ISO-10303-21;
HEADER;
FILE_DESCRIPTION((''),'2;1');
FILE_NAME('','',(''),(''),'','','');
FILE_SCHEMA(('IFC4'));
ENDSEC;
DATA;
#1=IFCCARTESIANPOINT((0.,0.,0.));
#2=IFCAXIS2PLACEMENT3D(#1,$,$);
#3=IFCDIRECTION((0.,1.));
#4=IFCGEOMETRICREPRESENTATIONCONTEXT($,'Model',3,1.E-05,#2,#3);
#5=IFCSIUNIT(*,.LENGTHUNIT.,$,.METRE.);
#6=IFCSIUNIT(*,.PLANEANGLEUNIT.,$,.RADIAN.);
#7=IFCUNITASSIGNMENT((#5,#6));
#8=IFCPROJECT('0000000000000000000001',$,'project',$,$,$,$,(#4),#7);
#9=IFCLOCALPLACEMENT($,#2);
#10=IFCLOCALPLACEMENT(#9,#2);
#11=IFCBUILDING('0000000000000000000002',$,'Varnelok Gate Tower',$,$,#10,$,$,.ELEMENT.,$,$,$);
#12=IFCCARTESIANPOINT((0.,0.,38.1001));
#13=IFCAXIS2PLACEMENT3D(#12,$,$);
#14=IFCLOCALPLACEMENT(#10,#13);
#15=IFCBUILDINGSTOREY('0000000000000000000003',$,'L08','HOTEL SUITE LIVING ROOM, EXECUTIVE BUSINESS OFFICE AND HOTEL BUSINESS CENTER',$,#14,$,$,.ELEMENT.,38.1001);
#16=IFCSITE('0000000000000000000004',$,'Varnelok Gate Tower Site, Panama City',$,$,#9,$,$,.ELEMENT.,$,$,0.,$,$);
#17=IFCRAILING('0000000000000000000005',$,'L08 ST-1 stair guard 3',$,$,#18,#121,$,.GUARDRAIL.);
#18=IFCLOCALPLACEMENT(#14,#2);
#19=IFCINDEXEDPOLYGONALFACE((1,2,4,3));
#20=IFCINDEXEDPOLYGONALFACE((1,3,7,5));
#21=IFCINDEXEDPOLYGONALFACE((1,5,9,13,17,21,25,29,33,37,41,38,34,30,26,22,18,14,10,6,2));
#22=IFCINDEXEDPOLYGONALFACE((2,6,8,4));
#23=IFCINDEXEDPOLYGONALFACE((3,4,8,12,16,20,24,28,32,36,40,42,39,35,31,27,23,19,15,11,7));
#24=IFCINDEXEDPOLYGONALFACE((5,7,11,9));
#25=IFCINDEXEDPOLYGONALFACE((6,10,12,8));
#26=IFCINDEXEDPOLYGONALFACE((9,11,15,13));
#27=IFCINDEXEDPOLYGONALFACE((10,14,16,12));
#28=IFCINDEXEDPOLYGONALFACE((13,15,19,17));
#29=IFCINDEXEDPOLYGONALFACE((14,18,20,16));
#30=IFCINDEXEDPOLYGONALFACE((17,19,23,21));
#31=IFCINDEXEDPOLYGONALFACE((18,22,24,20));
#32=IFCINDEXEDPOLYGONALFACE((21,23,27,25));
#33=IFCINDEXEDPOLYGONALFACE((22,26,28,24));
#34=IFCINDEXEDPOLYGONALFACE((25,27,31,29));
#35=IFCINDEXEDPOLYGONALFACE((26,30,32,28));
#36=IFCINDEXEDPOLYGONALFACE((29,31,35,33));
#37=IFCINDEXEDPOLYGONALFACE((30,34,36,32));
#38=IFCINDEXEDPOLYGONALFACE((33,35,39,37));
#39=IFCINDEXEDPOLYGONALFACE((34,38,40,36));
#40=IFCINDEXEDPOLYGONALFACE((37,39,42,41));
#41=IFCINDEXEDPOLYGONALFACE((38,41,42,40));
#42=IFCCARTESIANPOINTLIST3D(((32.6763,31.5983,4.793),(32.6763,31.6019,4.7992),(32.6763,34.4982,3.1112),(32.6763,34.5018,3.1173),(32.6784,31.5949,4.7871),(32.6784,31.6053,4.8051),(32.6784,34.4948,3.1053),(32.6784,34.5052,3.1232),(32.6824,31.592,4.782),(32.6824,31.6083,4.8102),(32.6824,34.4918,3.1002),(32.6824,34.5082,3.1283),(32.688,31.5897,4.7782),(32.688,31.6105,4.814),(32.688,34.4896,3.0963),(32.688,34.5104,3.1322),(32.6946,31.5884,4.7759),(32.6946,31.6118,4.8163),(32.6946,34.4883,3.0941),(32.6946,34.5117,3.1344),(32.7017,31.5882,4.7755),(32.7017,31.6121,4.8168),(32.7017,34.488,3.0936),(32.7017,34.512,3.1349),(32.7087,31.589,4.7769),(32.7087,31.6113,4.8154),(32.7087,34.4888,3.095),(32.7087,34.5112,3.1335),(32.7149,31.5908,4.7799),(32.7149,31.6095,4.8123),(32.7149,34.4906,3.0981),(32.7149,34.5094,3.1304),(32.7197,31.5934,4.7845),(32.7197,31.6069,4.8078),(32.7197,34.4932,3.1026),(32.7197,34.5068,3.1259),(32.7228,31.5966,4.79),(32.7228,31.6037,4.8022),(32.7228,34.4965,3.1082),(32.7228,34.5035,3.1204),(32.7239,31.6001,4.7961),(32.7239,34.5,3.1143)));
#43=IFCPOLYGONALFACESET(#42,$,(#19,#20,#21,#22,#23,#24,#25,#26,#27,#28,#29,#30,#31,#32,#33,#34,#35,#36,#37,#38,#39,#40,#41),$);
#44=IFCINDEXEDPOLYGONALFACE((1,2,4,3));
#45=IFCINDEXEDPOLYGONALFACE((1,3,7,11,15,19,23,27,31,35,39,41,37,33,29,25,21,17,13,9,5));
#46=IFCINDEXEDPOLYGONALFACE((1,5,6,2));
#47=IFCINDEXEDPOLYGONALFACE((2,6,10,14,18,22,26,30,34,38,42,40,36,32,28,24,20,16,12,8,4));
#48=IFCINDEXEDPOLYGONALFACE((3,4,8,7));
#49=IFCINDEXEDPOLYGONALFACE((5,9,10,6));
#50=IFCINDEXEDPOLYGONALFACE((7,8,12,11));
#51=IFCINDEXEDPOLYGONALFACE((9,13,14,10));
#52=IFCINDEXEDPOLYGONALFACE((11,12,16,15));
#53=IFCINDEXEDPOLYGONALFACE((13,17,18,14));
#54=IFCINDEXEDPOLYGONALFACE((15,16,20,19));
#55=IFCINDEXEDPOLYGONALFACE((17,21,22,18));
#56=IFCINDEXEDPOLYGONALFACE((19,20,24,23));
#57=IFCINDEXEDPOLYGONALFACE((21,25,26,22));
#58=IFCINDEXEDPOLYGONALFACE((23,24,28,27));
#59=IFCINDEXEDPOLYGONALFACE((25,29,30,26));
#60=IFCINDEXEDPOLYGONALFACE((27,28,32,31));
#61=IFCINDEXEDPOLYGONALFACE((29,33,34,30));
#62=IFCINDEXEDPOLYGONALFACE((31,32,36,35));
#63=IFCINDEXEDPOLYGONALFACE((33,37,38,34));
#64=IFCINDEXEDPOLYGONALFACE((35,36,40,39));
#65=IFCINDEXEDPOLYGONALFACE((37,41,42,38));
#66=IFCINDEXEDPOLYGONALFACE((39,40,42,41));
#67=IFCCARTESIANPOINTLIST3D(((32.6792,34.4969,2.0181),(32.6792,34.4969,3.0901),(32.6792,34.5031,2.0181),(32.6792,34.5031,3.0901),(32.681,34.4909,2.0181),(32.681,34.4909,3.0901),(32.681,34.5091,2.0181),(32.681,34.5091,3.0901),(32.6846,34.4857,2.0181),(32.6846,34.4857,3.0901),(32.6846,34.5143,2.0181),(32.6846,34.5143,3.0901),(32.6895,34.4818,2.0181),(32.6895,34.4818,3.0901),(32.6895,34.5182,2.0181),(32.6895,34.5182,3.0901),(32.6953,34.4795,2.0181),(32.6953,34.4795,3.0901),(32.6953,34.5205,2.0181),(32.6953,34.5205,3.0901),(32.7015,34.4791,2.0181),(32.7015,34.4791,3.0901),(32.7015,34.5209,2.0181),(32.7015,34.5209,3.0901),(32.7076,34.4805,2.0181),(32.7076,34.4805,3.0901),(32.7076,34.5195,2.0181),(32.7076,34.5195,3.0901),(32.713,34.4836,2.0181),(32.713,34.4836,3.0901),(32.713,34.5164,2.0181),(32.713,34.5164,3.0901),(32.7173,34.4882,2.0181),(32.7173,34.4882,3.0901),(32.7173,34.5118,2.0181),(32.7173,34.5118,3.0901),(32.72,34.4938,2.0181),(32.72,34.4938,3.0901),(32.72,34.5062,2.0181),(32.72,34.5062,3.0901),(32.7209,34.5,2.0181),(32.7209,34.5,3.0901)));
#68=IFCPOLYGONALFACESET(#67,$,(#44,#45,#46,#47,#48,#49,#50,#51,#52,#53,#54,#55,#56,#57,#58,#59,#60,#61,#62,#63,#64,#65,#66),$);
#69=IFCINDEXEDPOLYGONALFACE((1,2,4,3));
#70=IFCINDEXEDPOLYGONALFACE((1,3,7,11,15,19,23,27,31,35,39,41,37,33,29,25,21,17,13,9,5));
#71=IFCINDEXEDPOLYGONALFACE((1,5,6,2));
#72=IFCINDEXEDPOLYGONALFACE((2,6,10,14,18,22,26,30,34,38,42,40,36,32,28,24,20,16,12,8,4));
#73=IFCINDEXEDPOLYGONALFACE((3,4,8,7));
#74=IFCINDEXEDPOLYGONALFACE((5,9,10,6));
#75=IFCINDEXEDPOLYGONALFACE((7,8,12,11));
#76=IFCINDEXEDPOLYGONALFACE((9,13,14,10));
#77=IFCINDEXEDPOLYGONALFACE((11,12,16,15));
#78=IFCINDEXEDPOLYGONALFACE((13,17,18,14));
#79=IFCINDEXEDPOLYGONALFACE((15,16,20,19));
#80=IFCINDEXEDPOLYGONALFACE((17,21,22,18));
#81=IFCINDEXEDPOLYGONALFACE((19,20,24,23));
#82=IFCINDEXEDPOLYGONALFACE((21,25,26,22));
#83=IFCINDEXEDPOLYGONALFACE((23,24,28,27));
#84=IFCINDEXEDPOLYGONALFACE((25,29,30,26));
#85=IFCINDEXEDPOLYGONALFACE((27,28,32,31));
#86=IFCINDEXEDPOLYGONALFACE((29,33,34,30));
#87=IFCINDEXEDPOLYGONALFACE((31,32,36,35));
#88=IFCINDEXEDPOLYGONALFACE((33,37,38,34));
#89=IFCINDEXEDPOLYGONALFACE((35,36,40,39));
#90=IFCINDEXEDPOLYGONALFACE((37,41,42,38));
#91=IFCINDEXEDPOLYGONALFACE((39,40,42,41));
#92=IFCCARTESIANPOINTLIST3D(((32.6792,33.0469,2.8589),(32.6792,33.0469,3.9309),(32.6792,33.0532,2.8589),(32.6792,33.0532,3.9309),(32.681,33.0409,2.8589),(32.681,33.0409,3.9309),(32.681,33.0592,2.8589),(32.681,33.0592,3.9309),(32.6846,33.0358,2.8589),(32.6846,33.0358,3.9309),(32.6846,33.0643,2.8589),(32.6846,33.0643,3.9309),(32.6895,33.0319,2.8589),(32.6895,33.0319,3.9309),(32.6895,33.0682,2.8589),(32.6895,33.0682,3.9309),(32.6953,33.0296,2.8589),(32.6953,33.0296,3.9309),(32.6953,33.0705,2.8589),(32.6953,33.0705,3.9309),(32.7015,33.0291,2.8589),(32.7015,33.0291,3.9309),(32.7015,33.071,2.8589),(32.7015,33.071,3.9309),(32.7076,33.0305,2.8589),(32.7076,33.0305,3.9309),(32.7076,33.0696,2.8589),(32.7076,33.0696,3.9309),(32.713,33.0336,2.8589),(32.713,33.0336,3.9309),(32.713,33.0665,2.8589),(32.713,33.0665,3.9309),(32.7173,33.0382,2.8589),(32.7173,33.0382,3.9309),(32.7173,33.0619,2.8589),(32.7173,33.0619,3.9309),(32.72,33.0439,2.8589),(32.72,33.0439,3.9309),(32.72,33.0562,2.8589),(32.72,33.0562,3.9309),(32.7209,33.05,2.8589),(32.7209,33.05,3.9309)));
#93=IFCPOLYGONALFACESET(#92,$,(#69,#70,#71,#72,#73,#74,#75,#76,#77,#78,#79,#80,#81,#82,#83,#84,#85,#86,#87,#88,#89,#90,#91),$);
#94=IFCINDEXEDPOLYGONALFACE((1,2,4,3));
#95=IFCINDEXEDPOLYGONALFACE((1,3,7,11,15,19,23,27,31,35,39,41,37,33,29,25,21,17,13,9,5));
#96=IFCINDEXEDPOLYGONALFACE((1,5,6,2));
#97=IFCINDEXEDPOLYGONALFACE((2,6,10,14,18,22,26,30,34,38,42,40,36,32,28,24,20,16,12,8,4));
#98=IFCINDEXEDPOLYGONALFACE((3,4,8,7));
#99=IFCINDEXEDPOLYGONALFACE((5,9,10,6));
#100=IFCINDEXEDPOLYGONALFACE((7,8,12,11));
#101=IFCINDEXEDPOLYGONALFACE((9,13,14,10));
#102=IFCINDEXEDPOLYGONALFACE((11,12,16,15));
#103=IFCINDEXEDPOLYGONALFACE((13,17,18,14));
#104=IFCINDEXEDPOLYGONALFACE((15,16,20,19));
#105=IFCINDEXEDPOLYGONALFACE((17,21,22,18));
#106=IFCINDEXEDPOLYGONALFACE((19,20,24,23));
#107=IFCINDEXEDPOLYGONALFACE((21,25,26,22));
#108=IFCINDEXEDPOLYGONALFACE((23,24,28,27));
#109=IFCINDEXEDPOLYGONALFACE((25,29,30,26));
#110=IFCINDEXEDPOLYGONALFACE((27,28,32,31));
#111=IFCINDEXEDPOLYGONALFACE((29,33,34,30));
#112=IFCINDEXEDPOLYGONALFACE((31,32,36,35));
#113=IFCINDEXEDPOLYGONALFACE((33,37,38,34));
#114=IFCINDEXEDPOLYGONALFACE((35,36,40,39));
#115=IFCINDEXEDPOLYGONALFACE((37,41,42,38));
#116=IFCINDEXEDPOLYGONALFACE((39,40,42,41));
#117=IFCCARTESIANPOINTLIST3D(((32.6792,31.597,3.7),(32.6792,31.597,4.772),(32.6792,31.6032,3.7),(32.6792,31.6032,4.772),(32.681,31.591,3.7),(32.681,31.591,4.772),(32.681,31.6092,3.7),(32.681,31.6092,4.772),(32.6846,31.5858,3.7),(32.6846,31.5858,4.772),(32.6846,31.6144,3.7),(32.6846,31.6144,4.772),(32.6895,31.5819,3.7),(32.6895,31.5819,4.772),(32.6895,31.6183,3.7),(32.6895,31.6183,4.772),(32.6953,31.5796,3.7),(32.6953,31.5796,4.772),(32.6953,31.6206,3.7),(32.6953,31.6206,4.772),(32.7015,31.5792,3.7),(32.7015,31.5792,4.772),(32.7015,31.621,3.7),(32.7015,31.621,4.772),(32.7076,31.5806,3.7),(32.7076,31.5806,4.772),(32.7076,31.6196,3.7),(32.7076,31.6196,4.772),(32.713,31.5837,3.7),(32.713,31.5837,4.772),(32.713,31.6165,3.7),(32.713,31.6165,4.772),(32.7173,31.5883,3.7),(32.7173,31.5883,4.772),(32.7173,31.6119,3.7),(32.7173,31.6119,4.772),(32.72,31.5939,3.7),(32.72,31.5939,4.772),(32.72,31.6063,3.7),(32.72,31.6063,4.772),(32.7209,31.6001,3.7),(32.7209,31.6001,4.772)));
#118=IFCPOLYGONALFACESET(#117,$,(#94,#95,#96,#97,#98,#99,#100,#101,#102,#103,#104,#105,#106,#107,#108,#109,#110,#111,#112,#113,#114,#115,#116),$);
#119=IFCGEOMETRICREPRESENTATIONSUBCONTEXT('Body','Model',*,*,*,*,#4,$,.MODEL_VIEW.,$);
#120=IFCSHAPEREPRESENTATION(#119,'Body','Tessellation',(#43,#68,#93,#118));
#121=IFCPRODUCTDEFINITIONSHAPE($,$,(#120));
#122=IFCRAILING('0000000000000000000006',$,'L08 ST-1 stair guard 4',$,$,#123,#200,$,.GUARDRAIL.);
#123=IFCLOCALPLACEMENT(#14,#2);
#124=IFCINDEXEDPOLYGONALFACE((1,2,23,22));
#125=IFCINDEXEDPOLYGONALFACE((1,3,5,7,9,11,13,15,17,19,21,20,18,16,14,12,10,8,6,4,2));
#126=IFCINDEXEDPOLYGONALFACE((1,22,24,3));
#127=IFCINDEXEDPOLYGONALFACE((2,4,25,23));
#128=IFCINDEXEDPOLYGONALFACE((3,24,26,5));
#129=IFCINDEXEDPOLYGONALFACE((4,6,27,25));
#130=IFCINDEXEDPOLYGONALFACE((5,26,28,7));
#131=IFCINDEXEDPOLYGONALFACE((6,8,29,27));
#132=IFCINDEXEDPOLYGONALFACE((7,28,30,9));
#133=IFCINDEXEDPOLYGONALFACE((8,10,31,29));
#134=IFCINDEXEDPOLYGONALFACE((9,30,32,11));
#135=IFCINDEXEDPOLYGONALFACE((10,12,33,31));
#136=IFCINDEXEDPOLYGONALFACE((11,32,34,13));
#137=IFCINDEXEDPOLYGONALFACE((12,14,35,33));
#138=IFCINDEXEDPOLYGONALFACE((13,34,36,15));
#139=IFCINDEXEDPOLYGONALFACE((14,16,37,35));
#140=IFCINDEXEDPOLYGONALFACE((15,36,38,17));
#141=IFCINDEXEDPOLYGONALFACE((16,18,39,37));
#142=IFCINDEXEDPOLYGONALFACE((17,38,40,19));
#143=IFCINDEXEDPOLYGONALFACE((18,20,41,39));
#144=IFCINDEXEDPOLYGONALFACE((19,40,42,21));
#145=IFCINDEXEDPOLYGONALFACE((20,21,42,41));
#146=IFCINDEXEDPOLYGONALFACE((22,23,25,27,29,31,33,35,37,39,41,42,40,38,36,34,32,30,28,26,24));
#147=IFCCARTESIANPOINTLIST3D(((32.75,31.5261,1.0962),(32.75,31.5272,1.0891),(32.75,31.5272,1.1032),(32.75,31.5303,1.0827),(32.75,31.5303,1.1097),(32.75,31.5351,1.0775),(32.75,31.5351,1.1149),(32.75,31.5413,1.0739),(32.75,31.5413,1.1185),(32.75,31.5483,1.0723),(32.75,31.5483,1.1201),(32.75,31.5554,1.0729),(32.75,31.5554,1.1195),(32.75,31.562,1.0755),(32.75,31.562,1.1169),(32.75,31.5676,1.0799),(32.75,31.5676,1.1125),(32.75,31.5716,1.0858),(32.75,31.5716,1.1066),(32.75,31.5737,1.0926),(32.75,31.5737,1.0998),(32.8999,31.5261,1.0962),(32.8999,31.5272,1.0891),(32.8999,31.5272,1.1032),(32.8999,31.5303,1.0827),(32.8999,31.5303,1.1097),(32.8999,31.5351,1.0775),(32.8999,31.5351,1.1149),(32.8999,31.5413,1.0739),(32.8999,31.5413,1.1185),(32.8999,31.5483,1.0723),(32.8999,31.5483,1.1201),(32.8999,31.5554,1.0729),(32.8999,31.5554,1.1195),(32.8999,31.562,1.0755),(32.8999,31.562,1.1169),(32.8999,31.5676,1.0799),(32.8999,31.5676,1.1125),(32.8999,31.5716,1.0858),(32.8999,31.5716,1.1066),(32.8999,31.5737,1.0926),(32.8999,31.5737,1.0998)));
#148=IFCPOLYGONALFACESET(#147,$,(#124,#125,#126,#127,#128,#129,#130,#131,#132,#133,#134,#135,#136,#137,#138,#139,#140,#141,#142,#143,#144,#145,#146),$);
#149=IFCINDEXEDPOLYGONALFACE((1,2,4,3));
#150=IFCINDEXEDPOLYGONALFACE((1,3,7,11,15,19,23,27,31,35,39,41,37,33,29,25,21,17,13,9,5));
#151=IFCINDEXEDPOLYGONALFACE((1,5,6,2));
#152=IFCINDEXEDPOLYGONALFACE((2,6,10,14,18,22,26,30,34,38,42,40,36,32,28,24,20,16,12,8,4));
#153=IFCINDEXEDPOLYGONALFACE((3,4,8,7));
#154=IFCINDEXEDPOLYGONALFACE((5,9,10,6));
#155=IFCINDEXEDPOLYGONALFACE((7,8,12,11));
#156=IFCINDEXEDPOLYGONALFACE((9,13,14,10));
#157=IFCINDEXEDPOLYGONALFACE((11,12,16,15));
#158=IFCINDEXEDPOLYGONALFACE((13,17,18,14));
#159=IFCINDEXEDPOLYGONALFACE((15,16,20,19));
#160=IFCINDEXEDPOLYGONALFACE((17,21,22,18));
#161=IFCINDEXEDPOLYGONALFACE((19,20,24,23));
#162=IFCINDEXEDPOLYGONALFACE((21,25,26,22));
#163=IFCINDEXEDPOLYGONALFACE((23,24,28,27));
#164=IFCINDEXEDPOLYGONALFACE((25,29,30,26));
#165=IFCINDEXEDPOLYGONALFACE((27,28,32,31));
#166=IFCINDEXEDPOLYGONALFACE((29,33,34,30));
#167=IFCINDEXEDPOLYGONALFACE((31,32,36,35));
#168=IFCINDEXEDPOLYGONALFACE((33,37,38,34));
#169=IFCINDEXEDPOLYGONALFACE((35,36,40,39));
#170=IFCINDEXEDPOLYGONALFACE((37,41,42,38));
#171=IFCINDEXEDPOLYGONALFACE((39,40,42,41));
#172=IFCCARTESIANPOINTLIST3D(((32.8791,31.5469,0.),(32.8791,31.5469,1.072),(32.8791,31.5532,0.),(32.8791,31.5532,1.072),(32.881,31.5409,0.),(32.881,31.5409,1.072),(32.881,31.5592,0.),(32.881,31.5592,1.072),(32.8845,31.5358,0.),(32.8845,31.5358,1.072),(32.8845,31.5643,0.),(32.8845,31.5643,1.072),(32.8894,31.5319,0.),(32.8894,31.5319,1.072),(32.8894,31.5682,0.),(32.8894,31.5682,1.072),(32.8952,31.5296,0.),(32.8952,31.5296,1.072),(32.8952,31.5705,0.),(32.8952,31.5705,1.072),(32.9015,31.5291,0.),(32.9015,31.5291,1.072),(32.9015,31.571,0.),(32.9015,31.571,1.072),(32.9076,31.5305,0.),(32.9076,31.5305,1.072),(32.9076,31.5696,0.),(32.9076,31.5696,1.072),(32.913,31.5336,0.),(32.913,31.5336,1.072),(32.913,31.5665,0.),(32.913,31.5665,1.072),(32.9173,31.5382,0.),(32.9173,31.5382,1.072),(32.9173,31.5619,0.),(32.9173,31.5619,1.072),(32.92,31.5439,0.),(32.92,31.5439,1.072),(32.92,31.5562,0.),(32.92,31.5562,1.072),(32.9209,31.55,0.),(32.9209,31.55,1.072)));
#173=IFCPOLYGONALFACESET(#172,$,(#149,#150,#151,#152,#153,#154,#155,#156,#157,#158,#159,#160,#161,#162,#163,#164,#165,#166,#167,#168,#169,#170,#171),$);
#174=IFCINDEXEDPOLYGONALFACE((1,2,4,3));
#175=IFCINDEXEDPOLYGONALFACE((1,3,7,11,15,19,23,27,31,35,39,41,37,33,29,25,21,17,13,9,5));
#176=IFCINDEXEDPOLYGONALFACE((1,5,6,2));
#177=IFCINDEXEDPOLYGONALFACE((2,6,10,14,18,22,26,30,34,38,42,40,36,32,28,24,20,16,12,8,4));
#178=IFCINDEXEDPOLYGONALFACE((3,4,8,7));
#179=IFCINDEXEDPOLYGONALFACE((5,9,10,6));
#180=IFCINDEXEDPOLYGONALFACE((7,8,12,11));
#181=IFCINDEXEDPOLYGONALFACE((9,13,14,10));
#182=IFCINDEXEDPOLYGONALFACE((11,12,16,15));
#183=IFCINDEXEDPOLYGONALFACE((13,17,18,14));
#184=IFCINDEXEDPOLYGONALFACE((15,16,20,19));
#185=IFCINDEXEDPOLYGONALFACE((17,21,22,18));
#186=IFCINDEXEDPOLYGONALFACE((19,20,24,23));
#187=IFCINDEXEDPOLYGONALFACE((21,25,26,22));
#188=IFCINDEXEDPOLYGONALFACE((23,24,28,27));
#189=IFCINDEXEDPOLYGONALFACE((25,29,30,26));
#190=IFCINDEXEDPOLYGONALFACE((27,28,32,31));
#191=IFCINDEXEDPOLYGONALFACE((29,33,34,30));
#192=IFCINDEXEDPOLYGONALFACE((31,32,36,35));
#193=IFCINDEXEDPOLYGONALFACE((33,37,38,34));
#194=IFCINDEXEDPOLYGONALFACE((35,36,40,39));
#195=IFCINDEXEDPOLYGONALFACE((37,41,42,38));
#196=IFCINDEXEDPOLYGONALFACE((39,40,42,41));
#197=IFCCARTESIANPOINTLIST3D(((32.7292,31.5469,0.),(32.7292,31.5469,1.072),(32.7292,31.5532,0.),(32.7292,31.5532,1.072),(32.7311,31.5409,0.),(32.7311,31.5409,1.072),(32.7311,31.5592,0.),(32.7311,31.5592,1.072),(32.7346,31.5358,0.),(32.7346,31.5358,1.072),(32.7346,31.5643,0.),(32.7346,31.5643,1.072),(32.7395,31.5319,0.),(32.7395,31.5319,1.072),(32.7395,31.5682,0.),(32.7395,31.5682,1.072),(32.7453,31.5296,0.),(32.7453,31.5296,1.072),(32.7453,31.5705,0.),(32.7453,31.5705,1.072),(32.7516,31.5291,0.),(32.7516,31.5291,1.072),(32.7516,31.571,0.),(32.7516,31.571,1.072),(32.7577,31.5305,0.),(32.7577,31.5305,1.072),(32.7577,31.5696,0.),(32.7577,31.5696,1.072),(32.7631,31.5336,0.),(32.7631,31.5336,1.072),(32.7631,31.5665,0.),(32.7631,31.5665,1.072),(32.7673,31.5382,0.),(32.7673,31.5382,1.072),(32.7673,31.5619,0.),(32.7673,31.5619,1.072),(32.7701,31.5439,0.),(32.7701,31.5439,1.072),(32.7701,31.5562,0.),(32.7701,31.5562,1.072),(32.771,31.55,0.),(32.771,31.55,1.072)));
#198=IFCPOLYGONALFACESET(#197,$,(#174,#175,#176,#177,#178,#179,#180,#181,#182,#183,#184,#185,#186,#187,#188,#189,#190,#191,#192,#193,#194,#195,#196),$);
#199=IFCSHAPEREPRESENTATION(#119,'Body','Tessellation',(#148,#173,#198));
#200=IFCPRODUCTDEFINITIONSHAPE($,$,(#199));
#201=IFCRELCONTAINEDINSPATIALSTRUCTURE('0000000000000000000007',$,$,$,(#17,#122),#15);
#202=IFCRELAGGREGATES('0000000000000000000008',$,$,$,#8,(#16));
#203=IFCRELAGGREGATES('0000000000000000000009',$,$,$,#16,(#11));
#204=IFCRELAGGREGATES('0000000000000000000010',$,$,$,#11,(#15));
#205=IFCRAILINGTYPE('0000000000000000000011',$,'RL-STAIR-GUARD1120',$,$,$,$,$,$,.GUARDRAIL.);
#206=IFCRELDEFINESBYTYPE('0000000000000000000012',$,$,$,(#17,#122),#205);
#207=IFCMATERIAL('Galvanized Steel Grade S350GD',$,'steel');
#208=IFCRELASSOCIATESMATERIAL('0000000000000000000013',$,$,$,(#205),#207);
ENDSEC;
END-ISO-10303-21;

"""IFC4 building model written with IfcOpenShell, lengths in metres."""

from ifc_helpers import new_model, si_unit, direction, frame, origin, origin_2d, place, context, subcontext, project, spatial, circle, extrude, material, type_object, element, save


model = new_model("IFC4")

# Units and contexts
model_context = context("Model", 3, precision=1e-05, world=origin(), true_north=direction((0.0, 1.0)))
body_context = subcontext(model_context, "Body", "Model", "MODEL_VIEW")
ifc_project = project(units=[si_unit("LENGTHUNIT", "METRE"), si_unit("PLANEANGLEUNIT", "RADIAN")], contexts=[model_context])

# Site, building, storey
site_placement = place(None, origin())
site = spatial("IfcSite", under=ifc_project, at=site_placement, Name="Varnelok Gate Tower Site, Panama City", CompositionType="ELEMENT", RefElevation=0.0)
building_placement = place(site_placement, origin())
building = spatial("IfcBuilding", under=site, at=building_placement, Name="Varnelok Gate Tower", CompositionType="ELEMENT")
storey_placement = place(building_placement, frame((0.0, 0.0, 38.1001)))
storey = spatial("IfcBuildingStorey", under=building, at=storey_placement, Name="L08", Description="HOTEL SUITE LIVING ROOM, EXECUTIVE BUSINESS OFFICE AND HOTEL BUSINESS CENTER", CompositionType="ELEMENT", Elevation=38.1001)

# Shared definitions
ifc_material_1 = material(Name="Galvanized Steel Grade S350GD", Category="steel")

# Railings
railing_type_1 = type_object("IfcRailingType", Name="RL-STAIR-GUARD1120", PredefinedType="GUARDRAIL", material=ifc_material_1)
railing_1_placement = place(storey_placement, frame((32.7, 34.5, 2.0181)))
element("IfcRailing", 1, at=railing_1_placement, inside=storey, type_object=railing_type_1, Name="L08 ST-1 stair guard 3", PredefinedType="GUARDRAIL", context=body_context, shape_type="SweptSolid", body=[
    extrude(circle(Radius=0.0239, at=origin_2d()), frame((0.0, 0.0, 1.0962), z_axis=(0.0, -0.865039, 0.501705), x_axis=(1.0, 0.0, 0.0)), (0.0, 0.0, 1.0), 3.3523),
    extrude(circle(Radius=0.021, at=origin_2d()), origin(), (0.0, 0.0, 1.0), 1.072),
    extrude(circle(Radius=0.021, at=origin_2d()), frame((0.0, -1.45, 0.8408)), (0.0, 0.0, 1.0), 1.072),
    extrude(circle(Radius=0.021, at=origin_2d()), frame((0.0, -2.8999, 1.6819)), (0.0, 0.0, 1.0), 1.072),
])
railing_2_placement = place(storey_placement, frame((32.8999, 31.55, 0.0)))
element("IfcRailing", 2, at=railing_2_placement, inside=storey, type_object=railing_type_1, Name="L08 ST-1 stair guard 4", PredefinedType="GUARDRAIL", context=body_context, shape_type="SweptSolid", body=[
    extrude(circle(Radius=0.0239, at=origin_2d()), frame((0.0, 0.0, 1.0962), z_axis=(-1.0, 0.0, 0.0), x_axis=(0.0, -1.0, 0.0)), (0.0, 0.0, 1.0), 0.1499),
    extrude(circle(Radius=0.021, at=origin_2d()), origin(), (0.0, 0.0, 1.0), 1.072),
    extrude(circle(Radius=0.021, at=origin_2d()), frame((-0.1499, 0.0, 0.0)), (0.0, 0.0, 1.0), 1.072),
])

save(model, "model.ifc")
